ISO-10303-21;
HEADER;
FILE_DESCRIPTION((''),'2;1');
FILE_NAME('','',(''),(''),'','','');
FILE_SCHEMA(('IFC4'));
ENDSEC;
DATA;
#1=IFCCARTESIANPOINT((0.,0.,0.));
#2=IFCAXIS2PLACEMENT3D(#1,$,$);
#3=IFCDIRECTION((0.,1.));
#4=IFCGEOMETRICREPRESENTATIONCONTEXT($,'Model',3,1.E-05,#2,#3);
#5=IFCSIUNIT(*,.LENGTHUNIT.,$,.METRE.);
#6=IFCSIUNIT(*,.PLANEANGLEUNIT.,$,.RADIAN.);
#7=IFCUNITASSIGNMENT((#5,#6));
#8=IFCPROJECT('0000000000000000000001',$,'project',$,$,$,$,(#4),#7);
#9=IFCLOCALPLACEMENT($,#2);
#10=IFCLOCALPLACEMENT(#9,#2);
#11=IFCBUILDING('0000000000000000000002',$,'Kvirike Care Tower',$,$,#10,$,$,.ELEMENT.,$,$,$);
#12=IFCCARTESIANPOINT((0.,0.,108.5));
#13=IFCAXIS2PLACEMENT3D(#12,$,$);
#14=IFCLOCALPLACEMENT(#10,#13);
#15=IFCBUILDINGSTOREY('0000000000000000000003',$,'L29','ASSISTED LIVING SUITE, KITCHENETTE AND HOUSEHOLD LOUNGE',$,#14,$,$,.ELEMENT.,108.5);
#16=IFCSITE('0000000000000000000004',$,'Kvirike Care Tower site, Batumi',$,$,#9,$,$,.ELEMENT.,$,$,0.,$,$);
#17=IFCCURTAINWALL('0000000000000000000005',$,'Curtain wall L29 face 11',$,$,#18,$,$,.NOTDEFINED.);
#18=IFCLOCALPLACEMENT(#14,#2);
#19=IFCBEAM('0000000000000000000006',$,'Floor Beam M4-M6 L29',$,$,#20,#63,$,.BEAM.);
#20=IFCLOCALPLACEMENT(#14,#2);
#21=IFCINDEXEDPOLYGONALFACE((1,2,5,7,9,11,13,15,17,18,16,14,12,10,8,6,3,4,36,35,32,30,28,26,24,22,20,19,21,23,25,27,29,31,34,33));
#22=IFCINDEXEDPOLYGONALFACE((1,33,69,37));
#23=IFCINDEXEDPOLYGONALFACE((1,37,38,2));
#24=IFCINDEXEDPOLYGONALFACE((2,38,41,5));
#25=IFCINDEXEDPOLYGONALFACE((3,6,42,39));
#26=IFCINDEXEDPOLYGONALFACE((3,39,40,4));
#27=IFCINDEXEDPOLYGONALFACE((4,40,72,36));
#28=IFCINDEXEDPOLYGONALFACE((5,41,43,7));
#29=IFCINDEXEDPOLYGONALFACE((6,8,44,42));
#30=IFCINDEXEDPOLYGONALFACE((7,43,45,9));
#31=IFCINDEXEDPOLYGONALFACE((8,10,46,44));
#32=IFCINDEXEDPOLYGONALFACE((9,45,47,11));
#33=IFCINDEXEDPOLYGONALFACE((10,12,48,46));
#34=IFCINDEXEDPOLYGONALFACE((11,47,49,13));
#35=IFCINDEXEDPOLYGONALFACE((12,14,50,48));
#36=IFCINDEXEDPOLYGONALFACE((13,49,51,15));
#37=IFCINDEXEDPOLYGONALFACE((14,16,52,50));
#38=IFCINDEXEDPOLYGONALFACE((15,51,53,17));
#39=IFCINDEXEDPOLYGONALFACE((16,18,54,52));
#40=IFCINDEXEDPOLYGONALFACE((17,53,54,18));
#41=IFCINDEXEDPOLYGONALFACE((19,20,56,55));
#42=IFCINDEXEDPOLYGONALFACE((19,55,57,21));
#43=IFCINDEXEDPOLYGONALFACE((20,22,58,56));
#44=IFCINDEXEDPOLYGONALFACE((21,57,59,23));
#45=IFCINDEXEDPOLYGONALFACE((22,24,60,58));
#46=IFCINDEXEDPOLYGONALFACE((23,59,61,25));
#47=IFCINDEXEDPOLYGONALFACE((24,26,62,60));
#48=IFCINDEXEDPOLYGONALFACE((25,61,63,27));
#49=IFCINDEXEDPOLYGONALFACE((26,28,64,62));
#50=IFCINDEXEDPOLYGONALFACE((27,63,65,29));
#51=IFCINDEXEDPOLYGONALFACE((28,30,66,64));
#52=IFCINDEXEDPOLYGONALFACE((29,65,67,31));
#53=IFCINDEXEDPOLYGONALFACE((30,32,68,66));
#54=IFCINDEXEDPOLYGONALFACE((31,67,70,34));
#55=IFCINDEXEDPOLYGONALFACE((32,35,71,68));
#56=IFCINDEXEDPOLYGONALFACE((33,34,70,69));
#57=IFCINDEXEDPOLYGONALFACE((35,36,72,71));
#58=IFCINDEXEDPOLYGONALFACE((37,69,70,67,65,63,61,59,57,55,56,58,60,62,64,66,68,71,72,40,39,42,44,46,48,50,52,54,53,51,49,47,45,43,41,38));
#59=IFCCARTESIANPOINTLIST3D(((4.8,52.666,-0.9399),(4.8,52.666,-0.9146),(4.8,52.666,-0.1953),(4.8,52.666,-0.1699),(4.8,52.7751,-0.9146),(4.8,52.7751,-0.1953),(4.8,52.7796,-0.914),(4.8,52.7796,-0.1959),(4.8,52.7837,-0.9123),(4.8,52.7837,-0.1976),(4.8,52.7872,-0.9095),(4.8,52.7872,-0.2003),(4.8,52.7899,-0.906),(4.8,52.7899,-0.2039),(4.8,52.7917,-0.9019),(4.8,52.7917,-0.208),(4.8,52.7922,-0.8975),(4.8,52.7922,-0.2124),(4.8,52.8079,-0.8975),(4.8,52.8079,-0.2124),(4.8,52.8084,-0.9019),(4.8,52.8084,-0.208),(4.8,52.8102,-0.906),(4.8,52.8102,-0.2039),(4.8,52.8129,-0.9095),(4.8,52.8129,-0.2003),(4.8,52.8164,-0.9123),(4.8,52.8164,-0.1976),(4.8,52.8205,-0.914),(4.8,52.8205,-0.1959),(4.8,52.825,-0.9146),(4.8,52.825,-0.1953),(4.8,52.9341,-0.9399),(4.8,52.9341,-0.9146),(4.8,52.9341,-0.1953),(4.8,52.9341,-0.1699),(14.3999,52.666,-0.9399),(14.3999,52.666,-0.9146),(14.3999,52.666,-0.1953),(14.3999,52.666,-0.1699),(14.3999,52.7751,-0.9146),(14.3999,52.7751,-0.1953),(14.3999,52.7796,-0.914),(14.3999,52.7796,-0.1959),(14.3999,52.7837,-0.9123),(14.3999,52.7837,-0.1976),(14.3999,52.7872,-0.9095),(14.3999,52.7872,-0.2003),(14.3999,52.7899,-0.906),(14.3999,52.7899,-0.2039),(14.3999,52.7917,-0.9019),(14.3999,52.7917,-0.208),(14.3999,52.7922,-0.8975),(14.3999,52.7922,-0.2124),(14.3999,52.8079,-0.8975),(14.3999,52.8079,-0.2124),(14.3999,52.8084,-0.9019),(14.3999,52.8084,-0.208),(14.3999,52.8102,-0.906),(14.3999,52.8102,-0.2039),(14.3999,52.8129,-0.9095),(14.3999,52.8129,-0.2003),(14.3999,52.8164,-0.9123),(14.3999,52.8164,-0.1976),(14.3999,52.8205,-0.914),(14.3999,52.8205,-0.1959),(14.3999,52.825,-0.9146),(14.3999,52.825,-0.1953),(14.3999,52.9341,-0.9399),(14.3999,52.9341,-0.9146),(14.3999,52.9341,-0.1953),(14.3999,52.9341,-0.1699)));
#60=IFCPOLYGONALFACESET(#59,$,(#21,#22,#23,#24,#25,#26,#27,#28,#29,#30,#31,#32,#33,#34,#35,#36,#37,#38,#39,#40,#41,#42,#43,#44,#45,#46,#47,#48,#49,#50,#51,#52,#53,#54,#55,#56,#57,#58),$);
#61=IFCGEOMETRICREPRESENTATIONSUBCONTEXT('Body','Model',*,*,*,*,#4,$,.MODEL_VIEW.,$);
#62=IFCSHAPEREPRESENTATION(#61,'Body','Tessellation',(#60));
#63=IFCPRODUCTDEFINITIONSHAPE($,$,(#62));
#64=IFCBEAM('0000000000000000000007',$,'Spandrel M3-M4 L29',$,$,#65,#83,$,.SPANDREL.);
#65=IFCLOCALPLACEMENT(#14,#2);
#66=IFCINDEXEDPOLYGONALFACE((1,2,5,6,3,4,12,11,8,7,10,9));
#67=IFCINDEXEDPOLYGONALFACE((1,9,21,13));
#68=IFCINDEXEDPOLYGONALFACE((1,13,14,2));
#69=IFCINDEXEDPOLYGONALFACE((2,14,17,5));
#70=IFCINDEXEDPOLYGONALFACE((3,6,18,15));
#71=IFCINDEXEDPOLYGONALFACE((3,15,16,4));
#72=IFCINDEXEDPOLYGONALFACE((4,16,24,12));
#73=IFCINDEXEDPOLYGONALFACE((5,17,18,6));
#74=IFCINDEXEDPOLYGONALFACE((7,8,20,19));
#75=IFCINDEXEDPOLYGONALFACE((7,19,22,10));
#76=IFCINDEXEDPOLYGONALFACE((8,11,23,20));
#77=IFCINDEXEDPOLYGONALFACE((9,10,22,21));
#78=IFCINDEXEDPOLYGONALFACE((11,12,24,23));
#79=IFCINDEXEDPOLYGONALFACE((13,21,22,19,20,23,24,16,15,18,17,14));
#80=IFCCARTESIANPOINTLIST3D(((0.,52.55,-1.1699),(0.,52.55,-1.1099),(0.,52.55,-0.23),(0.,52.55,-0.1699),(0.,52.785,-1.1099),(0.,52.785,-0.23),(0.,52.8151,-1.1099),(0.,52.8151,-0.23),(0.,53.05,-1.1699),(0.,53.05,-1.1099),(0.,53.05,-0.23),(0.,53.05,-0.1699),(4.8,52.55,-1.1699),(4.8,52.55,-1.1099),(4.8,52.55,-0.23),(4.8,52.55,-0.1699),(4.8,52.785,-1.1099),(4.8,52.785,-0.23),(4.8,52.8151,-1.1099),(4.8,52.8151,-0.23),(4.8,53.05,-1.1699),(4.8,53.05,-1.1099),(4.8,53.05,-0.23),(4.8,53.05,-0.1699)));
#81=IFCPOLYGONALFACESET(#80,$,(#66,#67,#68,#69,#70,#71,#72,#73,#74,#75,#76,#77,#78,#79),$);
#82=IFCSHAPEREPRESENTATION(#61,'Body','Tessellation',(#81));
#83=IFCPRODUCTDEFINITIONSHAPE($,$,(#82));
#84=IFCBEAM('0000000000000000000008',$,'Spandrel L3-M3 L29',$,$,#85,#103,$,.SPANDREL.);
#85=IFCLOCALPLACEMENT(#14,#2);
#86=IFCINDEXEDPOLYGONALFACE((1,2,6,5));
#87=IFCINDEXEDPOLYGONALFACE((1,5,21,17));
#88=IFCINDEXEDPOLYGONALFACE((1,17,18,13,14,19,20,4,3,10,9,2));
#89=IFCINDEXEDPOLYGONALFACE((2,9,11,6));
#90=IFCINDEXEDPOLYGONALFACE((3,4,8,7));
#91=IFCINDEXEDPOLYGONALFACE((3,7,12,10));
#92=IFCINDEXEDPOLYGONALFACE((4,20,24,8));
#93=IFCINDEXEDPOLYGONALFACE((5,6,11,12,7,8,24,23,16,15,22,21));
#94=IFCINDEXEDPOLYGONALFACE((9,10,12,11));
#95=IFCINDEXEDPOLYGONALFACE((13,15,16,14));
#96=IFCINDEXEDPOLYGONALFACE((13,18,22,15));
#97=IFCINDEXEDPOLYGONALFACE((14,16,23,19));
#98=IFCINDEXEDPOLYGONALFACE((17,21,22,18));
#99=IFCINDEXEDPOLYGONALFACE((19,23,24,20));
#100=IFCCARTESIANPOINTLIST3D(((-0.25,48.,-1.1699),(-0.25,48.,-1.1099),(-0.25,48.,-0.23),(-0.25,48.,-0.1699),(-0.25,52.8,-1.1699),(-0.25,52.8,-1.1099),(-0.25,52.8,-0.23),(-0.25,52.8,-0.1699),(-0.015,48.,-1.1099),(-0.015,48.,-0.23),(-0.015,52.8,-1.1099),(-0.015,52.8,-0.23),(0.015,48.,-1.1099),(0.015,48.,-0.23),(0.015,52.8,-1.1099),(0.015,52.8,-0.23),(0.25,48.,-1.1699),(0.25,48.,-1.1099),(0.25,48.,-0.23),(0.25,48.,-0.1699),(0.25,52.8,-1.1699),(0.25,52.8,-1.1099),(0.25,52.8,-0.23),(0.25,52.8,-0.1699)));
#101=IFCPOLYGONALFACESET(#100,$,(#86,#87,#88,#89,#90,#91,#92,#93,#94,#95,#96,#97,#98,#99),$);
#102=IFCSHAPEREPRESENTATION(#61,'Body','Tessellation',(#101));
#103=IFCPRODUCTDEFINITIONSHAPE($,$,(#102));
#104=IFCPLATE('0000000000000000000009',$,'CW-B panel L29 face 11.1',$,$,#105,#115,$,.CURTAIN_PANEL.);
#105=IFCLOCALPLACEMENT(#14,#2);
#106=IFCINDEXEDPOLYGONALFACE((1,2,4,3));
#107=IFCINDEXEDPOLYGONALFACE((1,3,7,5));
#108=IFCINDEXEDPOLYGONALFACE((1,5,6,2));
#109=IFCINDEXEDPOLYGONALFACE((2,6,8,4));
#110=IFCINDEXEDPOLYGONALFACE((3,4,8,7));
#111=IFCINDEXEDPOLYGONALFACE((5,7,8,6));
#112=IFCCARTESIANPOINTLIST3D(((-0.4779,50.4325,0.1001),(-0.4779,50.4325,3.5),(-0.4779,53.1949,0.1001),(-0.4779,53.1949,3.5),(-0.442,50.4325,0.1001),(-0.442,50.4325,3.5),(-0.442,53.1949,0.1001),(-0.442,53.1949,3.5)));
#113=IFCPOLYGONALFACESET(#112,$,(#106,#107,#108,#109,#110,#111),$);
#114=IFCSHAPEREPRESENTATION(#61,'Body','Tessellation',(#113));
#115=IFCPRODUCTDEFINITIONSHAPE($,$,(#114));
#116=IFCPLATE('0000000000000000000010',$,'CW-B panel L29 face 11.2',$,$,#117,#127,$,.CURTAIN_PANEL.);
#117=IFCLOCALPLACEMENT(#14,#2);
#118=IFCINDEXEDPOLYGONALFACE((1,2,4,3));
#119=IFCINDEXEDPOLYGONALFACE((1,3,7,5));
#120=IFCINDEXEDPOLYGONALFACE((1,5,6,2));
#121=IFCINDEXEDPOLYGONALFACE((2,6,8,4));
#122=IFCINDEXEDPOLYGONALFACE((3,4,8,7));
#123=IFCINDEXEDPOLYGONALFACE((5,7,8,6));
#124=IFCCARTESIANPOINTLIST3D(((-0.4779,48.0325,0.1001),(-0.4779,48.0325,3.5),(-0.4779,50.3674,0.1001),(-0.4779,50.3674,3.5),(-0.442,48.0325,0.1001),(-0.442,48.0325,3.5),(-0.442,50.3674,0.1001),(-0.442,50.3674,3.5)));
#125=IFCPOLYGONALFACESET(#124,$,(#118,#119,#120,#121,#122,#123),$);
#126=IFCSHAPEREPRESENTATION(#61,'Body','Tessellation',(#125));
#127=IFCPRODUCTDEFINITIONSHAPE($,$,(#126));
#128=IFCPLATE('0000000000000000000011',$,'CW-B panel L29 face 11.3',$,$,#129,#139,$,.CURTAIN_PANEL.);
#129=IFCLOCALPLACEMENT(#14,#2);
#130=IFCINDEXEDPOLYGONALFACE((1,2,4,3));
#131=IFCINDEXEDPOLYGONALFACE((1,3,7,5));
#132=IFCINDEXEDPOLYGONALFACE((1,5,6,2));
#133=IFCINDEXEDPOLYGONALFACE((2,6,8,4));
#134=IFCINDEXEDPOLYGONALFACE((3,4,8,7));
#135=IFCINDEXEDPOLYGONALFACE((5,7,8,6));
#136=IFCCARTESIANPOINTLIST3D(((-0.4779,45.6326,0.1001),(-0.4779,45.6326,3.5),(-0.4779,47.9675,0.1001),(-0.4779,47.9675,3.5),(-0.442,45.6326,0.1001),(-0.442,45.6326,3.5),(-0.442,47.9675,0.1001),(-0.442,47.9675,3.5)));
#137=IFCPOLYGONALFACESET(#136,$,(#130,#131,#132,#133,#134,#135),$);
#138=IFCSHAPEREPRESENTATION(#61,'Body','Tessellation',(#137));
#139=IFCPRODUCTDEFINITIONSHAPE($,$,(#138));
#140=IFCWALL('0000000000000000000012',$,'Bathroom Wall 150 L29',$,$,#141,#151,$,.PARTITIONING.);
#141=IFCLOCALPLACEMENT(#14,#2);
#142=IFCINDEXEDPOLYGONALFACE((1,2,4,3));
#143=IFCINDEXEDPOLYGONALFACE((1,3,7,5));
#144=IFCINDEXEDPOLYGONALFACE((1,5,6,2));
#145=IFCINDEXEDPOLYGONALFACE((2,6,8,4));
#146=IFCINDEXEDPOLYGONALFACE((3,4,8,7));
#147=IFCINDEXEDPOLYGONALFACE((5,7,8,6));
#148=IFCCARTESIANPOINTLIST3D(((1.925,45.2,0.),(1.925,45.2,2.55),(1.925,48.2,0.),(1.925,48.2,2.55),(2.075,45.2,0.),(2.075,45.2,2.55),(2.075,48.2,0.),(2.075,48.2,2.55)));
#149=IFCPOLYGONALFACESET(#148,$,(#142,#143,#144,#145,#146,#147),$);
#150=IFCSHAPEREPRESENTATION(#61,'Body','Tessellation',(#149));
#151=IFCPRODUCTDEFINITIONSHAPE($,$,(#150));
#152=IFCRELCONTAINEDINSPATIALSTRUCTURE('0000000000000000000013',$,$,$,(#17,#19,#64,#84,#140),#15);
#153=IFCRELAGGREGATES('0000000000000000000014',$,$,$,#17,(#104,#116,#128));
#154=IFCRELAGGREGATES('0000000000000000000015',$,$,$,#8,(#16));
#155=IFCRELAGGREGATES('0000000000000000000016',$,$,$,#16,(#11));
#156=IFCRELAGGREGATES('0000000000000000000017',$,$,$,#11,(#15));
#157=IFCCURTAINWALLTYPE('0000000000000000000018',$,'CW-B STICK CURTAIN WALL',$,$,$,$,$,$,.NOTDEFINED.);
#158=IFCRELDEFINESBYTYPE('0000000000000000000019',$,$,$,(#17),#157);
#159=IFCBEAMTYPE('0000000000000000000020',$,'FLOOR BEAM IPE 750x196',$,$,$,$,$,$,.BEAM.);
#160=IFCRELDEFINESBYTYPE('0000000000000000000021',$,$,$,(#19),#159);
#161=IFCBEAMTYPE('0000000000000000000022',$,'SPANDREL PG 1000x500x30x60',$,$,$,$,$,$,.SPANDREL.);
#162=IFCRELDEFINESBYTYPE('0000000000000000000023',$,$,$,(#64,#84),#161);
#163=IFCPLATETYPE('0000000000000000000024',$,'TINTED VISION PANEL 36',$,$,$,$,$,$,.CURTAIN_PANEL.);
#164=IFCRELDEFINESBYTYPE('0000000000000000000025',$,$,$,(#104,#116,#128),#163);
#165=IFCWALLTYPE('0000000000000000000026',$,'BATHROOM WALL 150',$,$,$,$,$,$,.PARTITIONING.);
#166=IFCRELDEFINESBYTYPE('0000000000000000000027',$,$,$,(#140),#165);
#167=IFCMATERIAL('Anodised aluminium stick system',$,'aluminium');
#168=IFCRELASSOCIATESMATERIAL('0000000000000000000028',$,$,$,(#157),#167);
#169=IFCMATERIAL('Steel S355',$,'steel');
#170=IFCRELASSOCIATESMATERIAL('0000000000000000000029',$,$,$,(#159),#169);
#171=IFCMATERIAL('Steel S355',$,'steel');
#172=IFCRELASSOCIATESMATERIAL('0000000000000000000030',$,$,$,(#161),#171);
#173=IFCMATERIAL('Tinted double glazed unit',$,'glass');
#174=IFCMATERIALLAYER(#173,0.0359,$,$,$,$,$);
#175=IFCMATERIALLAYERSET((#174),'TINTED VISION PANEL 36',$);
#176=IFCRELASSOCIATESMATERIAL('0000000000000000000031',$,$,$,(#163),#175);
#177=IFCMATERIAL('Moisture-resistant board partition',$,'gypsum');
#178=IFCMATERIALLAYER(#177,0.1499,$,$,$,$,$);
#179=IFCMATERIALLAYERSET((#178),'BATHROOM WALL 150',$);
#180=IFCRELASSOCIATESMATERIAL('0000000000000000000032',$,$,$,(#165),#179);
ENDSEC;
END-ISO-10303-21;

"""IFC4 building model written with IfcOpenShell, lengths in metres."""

from ifc_helpers import new_model, si_unit, direction, frame, frame_2d, origin, origin_2d, place, context, subcontext, project, spatial, rectangle, i_section, extrude, material, layer, layer_set, material_profile, profile_set, type_object, element, aggregate, save


model = new_model("IFC4")

# Units and contexts
model_context = context("Model", 3, precision=1e-05, world=origin(), true_north=direction((0.0, 1.0)))
body_context = subcontext(model_context, "Body", "Model", "MODEL_VIEW")
ifc_project = project(units=[si_unit("LENGTHUNIT", "METRE"), si_unit("PLANEANGLEUNIT", "RADIAN")], contexts=[model_context])

# Site, building, storey
site_placement = place(None, origin())
site = spatial("IfcSite", under=ifc_project, at=site_placement, Name="Kvirike Care Tower site, Batumi", CompositionType="ELEMENT", RefElevation=0.0)
building_placement = place(site_placement, origin())
building = spatial("IfcBuilding", under=site, at=building_placement, Name="Kvirike Care Tower", CompositionType="ELEMENT")
storey_placement = place(building_placement, frame((0.0, 0.0, 108.5)))
storey = spatial("IfcBuildingStorey", under=building, at=storey_placement, Name="L29", Description="ASSISTED LIVING SUITE, KITCHENETTE AND HOUSEHOLD LOUNGE", CompositionType="ELEMENT", Elevation=108.5)

# Curtain wall
ifc_material_1 = material(Name="Anodised aluminium stick system", Category="aluminium")
curtain_wall_type = type_object("IfcCurtainWallType", Name="CW-B STICK CURTAIN WALL", PredefinedType="NOTDEFINED", material=ifc_material_1)
curtain_wall_placement = place(storey_placement, origin())
curtain_wall = element("IfcCurtainWall", 1, at=curtain_wall_placement, inside=storey, type_object=curtain_wall_type, Name="Curtain wall L29 face 11", PredefinedType="NOTDEFINED")

# Beams
ifc_material_2 = material(Name="Steel S355", Category="steel")
ifc_material_profile_1 = material_profile(ifc_material_2, i_section(OverallWidth=0.2681, OverallDepth=0.77, WebThickness=0.0156, FlangeThickness=0.0254, FilletRadius=0.0171, at=origin_2d()), Name="IPE 750x196")
ifc_profile_set_1 = profile_set([ifc_material_profile_1], Name="Steel S355")
beam_type_1 = type_object("IfcBeamType", Name="FLOOR BEAM IPE 750x196", PredefinedType="BEAM", material=ifc_profile_set_1)
beam_1_placement = place(storey_placement, frame((4.8, 52.8, -0.5549), z_axis=(1.0, 0.0, 0.0), x_axis=(0.0, 1.0, 0.0)))
element("IfcBeam", 2, at=beam_1_placement, inside=storey, type_object=beam_type_1, Name="Floor Beam M4-M6 L29", PredefinedType="BEAM", context=body_context, shape_type="SweptSolid", body=[
    extrude(i_section(OverallWidth=0.2681, OverallDepth=0.77, WebThickness=0.0156, FlangeThickness=0.0254, FilletRadius=0.0171, at=origin_2d()), origin(), (0.0, 0.0, 1.0), 9.5999),
])
ifc_material_3 = material(Name="Steel S355", Category="steel")
ifc_material_profile_2 = material_profile(ifc_material_3, i_section(OverallWidth=0.5, OverallDepth=1.0, WebThickness=0.03, FlangeThickness=0.0601, at=origin_2d()), Name="PG 1000x500x30x60")
ifc_profile_set_2 = profile_set([ifc_material_profile_2], Name="Steel S355")
beam_type_2 = type_object("IfcBeamType", Name="SPANDREL PG 1000x500x30x60", PredefinedType="SPANDREL", material=ifc_profile_set_2)
for number, where, z_axis, x_axis, name in (
    (3, (0.0, 52.8, -0.6699), (1.0, 0.0, 0.0), (0.0, 1.0, 0.0), "Spandrel M3-M4 L29"),
    (4, (0.0, 48.0, -0.6699), (0.0, 1.0, 0.0), (-1.0, 0.0, 0.0), "Spandrel L3-M3 L29"),
):
    element("IfcBeam", number, at=place(storey_placement, frame(where, z_axis=z_axis, x_axis=x_axis)), inside=storey, type_object=beam_type_2, Name=name, PredefinedType="SPANDREL", context=body_context, shape_type="SweptSolid", body=[
        extrude(i_section(OverallWidth=0.5, OverallDepth=1.0, WebThickness=0.03, FlangeThickness=0.0601, at=origin_2d()), origin(), (0.0, 0.0, 1.0), 4.8),
    ])

# Plates
ifc_material_4 = material(Name="Tinted double glazed unit", Category="glass")
ifc_layer_1 = layer(ifc_material_4, 0.0359)
ifc_layer_set_1 = layer_set([ifc_layer_1], Name="TINTED VISION PANEL 36")
plate_type = type_object("IfcPlateType", Name="TINTED VISION PANEL 36", PredefinedType="CURTAIN_PANEL", material=ifc_layer_set_1)
plate_1_placement = place(storey_placement, frame((-0.46, 51.8137, 0.1001), z_axis=(0.0, 0.0, 1.0), x_axis=(0.0, -1.0, 0.0)))
plate_1 = element("IfcPlate", 5, at=plate_1_placement, type_object=plate_type, Name="CW-B panel L29 face 11.1", PredefinedType="CURTAIN_PANEL", context=body_context, shape_type="SweptSolid", body=[
    extrude(rectangle(XDim=2.7625, YDim=0.0359, at=origin_2d()), origin(), (0.0, 0.0, 1.0), 3.3999),
])
plate_2_placement = place(storey_placement, frame((-0.46, 49.2, 0.1001), z_axis=(0.0, 0.0, 1.0), x_axis=(0.0, -1.0, 0.0)))
plate_2 = element("IfcPlate", 6, at=plate_2_placement, type_object=plate_type, Name="CW-B panel L29 face 11.2", PredefinedType="CURTAIN_PANEL", context=body_context, shape_type="SweptSolid", body=[
    extrude(rectangle(XDim=2.335, YDim=0.0359, at=origin_2d()), origin(), (0.0, 0.0, 1.0), 3.3999),
])
plate_3_placement = place(storey_placement, frame((-0.46, 46.8, 0.1001), z_axis=(0.0, 0.0, 1.0), x_axis=(0.0, -1.0, 0.0)))
plate_3 = element("IfcPlate", 7, at=plate_3_placement, type_object=plate_type, Name="CW-B panel L29 face 11.3", PredefinedType="CURTAIN_PANEL", context=body_context, shape_type="SweptSolid", body=[
    extrude(rectangle(XDim=2.335, YDim=0.0359, at=origin_2d()), origin(), (0.0, 0.0, 1.0), 3.3999),
])
aggregate(curtain_wall, [plate_1, plate_2, plate_3])

# Wall
ifc_material_5 = material(Name="Moisture-resistant board partition", Category="gypsum")
ifc_layer_2 = layer(ifc_material_5, 0.1499)
ifc_layer_set_2 = layer_set([ifc_layer_2], Name="BATHROOM WALL 150")
wall_type_1 = type_object("IfcWallType", Name="BATHROOM WALL 150", PredefinedType="PARTITIONING", material=ifc_layer_set_2)
wall_1_placement = place(storey_placement, frame((2.0, 48.2, 0.0), z_axis=(0.0, 0.0, 1.0), x_axis=(0.0, -1.0, 0.0)))
element("IfcWall", 8, at=wall_1_placement, inside=storey, type_object=wall_type_1, Name="Bathroom Wall 150 L29", PredefinedType="PARTITIONING", context=body_context, shape_type="SweptSolid", body=[
    extrude(rectangle(XDim=3.0, YDim=0.1499, at=frame_2d((1.5, 0.0))), origin(), (0.0, 0.0, 1.0), 2.55),
])

save(model, "model.ifc")
